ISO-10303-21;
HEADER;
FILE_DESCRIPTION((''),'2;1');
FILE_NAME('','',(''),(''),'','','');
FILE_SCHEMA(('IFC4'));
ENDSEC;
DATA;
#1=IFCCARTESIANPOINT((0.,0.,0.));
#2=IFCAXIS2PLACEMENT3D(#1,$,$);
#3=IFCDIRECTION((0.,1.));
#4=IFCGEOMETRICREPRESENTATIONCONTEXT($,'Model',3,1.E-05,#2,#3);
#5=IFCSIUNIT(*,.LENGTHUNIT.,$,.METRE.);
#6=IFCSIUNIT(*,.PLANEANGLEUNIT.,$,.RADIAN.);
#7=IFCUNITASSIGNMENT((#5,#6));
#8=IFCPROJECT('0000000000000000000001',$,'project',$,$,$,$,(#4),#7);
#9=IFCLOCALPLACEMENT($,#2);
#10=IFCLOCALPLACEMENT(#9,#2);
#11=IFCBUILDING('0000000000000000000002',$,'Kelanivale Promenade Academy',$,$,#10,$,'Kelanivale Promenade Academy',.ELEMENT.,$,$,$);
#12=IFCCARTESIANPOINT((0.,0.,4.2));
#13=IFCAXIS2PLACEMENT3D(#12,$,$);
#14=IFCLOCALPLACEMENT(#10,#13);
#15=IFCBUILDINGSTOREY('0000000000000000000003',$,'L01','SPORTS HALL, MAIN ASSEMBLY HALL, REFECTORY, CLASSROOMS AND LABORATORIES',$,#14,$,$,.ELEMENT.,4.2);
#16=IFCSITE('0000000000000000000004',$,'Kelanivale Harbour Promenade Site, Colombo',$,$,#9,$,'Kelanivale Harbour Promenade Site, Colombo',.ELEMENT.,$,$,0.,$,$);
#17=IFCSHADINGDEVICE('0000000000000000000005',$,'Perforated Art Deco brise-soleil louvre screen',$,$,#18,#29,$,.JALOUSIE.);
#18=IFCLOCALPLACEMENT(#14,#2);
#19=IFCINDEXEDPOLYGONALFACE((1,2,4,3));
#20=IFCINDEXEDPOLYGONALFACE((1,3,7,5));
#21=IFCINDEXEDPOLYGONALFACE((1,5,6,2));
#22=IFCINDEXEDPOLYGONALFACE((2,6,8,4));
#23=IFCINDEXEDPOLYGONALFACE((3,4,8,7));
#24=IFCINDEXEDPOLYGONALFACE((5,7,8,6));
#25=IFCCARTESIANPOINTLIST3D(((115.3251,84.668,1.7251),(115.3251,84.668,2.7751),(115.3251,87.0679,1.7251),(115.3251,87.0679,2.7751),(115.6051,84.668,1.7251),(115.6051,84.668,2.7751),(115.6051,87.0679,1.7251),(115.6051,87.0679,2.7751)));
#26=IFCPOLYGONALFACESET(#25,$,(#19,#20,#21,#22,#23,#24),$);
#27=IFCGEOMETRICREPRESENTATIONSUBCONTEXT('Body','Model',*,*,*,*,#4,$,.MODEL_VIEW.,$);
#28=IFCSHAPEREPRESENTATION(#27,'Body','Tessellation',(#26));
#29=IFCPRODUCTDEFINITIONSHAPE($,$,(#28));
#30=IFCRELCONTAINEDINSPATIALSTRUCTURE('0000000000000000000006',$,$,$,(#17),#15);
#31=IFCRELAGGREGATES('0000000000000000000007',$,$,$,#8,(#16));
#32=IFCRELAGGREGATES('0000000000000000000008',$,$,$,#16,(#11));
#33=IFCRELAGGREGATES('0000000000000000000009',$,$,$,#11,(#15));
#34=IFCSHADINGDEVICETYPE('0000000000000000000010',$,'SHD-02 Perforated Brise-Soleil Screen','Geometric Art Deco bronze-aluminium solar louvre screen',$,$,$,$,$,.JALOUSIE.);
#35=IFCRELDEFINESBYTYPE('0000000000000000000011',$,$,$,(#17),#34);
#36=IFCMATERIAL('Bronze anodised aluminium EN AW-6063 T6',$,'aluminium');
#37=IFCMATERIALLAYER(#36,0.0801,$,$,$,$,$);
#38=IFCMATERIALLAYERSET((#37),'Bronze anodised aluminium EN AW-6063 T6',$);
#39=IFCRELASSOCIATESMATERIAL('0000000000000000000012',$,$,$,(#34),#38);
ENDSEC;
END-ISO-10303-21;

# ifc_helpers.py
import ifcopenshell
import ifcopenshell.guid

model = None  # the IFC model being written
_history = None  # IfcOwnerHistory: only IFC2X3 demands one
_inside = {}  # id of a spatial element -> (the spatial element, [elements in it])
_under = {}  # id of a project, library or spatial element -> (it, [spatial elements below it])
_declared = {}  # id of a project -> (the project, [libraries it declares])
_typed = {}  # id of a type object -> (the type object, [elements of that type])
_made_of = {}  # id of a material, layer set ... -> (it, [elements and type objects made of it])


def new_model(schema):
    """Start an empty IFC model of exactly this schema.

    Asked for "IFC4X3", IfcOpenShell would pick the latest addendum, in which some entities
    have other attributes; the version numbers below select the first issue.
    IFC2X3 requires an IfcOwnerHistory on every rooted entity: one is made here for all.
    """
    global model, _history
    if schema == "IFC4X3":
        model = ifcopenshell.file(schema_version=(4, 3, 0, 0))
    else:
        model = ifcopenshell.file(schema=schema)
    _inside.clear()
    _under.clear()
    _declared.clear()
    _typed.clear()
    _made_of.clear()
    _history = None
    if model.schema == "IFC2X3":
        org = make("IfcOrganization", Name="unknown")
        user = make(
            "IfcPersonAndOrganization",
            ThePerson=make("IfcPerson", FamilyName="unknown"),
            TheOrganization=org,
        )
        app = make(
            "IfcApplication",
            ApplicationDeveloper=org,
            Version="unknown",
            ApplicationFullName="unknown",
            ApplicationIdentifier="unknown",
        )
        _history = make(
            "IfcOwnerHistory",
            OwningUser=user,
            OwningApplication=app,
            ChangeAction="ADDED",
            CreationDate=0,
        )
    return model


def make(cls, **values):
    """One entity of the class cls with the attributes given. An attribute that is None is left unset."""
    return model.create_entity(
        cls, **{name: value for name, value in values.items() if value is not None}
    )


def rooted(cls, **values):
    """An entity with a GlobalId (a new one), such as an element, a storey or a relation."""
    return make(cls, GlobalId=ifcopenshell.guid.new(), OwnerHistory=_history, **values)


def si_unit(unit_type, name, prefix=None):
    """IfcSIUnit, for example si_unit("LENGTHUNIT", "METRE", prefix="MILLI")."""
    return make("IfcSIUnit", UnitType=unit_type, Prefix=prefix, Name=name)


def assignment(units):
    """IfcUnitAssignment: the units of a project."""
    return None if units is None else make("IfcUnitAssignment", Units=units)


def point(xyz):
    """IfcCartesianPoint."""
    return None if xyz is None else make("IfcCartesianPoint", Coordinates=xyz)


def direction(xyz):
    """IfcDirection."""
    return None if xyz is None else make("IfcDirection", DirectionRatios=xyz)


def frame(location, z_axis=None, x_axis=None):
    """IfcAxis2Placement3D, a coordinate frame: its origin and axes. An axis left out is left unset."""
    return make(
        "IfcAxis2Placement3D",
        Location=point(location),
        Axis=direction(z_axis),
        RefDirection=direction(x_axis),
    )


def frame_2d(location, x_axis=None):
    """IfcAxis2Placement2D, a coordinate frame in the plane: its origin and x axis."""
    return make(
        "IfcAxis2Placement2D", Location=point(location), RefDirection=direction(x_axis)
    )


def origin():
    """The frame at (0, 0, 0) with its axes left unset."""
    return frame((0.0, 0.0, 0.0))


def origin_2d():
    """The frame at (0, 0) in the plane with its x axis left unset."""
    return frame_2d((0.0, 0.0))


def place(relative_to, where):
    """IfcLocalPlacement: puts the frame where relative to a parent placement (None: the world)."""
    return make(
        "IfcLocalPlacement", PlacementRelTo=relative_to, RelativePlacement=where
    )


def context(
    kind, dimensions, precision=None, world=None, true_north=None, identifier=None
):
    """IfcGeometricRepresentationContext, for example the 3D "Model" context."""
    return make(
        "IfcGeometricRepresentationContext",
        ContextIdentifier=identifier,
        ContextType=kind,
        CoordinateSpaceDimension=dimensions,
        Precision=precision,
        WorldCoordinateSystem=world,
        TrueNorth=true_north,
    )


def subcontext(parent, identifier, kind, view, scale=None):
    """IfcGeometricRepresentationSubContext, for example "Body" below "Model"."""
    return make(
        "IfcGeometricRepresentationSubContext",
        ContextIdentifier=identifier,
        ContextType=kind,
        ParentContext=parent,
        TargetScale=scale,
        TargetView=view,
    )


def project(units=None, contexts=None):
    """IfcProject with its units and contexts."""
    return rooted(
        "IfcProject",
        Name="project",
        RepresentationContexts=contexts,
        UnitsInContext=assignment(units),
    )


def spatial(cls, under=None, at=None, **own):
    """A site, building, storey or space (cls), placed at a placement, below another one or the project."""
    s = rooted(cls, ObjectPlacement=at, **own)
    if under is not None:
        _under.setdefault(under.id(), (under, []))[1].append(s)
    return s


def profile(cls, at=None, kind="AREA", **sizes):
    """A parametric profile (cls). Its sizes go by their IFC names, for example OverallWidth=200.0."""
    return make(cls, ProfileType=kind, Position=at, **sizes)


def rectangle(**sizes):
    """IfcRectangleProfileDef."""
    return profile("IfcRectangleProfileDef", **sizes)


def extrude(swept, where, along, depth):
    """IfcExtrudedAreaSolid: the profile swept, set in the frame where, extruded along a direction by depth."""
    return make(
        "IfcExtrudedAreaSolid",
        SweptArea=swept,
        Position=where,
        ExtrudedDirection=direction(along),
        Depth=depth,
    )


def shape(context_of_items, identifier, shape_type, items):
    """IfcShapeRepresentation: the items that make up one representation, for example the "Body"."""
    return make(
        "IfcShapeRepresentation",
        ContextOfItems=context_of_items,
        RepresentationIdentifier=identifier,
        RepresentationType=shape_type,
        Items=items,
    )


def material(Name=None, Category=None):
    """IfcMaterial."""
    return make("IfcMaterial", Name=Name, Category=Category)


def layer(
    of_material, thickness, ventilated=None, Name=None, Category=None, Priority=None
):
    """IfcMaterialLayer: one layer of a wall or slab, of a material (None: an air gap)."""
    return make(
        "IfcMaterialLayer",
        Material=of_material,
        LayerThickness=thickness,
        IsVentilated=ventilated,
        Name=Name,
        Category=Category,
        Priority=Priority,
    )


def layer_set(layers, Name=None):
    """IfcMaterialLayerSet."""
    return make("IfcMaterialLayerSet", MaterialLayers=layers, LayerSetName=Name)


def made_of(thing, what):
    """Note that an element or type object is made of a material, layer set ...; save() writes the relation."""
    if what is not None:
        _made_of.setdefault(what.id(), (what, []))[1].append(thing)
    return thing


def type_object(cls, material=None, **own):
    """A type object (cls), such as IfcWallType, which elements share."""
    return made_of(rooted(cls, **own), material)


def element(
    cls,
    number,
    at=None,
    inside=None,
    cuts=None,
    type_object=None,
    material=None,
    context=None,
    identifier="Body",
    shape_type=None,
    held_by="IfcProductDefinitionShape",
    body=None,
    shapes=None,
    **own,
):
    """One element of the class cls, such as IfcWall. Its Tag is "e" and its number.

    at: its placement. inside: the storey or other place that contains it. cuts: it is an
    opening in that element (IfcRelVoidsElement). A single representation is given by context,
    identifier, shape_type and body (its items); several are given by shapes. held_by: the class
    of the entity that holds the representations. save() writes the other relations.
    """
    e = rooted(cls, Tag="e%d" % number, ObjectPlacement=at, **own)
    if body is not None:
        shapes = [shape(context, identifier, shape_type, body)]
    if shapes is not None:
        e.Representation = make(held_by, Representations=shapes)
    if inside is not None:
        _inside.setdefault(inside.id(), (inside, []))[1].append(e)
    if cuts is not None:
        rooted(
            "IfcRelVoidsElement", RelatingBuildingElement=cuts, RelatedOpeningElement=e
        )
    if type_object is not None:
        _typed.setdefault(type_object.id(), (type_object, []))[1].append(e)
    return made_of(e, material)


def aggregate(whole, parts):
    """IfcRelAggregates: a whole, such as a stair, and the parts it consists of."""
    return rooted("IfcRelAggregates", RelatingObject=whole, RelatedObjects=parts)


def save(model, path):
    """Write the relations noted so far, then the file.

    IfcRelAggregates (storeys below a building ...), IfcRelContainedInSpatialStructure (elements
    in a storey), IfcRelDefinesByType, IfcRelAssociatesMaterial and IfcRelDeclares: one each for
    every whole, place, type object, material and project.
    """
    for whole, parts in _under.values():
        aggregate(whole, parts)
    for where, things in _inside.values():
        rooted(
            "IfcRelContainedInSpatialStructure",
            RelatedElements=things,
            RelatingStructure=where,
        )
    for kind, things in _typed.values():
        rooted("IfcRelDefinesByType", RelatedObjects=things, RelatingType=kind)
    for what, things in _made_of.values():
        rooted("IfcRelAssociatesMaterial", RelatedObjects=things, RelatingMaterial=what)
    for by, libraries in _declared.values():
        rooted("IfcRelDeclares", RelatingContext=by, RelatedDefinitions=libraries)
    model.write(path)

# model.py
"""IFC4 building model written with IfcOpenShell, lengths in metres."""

from ifc_helpers import new_model, si_unit, direction, frame, origin, origin_2d, place, context, subcontext, project, spatial, rectangle, extrude, material, layer, layer_set, type_object, element, save


model = new_model("IFC4")

# Units and contexts
model_context = context("Model", 3, precision=1e-05, world=origin(), true_north=direction((0.0, 1.0)))
body_context = subcontext(model_context, "Body", "Model", "MODEL_VIEW")
ifc_project = project(units=[si_unit("LENGTHUNIT", "METRE"), si_unit("PLANEANGLEUNIT", "RADIAN")], contexts=[model_context])

# Site, building, storey
site_placement = place(None, origin())
site = spatial("IfcSite", under=ifc_project, at=site_placement, Name="Kelanivale Harbour Promenade Site, Colombo", LongName="Kelanivale Harbour Promenade Site, Colombo", CompositionType="ELEMENT", RefElevation=0.0)
building_placement = place(site_placement, origin())
building = spatial("IfcBuilding", under=site, at=building_placement, Name="Kelanivale Promenade Academy", LongName="Kelanivale Promenade Academy", CompositionType="ELEMENT")
storey_placement = place(building_placement, frame((0.0, 0.0, 4.2)))
storey = spatial("IfcBuildingStorey", under=building, at=storey_placement, Name="L01", Description="SPORTS HALL, MAIN ASSEMBLY HALL, REFECTORY, CLASSROOMS AND LABORATORIES", CompositionType="ELEMENT", Elevation=4.2)

# Shading device
ifc_material_1 = material(Name="Bronze anodised aluminium EN AW-6063 T6", Category="aluminium")
ifc_layer_1 = layer(ifc_material_1, 0.0801)
ifc_layer_set_1 = layer_set([ifc_layer_1], Name="Bronze anodised aluminium EN AW-6063 T6")
shading_device_type_1 = type_object("IfcShadingDeviceType", Name="SHD-02 Perforated Brise-Soleil Screen", Description="Geometric Art Deco bronze-aluminium solar louvre screen", PredefinedType="JALOUSIE", material=ifc_layer_set_1)
shading_device_1_placement = place(storey_placement, frame((115.4651, 85.8679, 1.7251), z_axis=(0.0, 0.0, 1.0), x_axis=(0.0, -1.0, 0.0)))
element("IfcShadingDevice", 1, at=shading_device_1_placement, inside=storey, type_object=shading_device_type_1, Name="Perforated Art Deco brise-soleil louvre screen", PredefinedType="JALOUSIE", context=body_context, shape_type="SweptSolid", body=[
    extrude(rectangle(XDim=2.3999, YDim=0.28, at=origin_2d()), origin(), (0.0, 0.0, 1.0), 1.05),
])

save(model, "model.ifc")
